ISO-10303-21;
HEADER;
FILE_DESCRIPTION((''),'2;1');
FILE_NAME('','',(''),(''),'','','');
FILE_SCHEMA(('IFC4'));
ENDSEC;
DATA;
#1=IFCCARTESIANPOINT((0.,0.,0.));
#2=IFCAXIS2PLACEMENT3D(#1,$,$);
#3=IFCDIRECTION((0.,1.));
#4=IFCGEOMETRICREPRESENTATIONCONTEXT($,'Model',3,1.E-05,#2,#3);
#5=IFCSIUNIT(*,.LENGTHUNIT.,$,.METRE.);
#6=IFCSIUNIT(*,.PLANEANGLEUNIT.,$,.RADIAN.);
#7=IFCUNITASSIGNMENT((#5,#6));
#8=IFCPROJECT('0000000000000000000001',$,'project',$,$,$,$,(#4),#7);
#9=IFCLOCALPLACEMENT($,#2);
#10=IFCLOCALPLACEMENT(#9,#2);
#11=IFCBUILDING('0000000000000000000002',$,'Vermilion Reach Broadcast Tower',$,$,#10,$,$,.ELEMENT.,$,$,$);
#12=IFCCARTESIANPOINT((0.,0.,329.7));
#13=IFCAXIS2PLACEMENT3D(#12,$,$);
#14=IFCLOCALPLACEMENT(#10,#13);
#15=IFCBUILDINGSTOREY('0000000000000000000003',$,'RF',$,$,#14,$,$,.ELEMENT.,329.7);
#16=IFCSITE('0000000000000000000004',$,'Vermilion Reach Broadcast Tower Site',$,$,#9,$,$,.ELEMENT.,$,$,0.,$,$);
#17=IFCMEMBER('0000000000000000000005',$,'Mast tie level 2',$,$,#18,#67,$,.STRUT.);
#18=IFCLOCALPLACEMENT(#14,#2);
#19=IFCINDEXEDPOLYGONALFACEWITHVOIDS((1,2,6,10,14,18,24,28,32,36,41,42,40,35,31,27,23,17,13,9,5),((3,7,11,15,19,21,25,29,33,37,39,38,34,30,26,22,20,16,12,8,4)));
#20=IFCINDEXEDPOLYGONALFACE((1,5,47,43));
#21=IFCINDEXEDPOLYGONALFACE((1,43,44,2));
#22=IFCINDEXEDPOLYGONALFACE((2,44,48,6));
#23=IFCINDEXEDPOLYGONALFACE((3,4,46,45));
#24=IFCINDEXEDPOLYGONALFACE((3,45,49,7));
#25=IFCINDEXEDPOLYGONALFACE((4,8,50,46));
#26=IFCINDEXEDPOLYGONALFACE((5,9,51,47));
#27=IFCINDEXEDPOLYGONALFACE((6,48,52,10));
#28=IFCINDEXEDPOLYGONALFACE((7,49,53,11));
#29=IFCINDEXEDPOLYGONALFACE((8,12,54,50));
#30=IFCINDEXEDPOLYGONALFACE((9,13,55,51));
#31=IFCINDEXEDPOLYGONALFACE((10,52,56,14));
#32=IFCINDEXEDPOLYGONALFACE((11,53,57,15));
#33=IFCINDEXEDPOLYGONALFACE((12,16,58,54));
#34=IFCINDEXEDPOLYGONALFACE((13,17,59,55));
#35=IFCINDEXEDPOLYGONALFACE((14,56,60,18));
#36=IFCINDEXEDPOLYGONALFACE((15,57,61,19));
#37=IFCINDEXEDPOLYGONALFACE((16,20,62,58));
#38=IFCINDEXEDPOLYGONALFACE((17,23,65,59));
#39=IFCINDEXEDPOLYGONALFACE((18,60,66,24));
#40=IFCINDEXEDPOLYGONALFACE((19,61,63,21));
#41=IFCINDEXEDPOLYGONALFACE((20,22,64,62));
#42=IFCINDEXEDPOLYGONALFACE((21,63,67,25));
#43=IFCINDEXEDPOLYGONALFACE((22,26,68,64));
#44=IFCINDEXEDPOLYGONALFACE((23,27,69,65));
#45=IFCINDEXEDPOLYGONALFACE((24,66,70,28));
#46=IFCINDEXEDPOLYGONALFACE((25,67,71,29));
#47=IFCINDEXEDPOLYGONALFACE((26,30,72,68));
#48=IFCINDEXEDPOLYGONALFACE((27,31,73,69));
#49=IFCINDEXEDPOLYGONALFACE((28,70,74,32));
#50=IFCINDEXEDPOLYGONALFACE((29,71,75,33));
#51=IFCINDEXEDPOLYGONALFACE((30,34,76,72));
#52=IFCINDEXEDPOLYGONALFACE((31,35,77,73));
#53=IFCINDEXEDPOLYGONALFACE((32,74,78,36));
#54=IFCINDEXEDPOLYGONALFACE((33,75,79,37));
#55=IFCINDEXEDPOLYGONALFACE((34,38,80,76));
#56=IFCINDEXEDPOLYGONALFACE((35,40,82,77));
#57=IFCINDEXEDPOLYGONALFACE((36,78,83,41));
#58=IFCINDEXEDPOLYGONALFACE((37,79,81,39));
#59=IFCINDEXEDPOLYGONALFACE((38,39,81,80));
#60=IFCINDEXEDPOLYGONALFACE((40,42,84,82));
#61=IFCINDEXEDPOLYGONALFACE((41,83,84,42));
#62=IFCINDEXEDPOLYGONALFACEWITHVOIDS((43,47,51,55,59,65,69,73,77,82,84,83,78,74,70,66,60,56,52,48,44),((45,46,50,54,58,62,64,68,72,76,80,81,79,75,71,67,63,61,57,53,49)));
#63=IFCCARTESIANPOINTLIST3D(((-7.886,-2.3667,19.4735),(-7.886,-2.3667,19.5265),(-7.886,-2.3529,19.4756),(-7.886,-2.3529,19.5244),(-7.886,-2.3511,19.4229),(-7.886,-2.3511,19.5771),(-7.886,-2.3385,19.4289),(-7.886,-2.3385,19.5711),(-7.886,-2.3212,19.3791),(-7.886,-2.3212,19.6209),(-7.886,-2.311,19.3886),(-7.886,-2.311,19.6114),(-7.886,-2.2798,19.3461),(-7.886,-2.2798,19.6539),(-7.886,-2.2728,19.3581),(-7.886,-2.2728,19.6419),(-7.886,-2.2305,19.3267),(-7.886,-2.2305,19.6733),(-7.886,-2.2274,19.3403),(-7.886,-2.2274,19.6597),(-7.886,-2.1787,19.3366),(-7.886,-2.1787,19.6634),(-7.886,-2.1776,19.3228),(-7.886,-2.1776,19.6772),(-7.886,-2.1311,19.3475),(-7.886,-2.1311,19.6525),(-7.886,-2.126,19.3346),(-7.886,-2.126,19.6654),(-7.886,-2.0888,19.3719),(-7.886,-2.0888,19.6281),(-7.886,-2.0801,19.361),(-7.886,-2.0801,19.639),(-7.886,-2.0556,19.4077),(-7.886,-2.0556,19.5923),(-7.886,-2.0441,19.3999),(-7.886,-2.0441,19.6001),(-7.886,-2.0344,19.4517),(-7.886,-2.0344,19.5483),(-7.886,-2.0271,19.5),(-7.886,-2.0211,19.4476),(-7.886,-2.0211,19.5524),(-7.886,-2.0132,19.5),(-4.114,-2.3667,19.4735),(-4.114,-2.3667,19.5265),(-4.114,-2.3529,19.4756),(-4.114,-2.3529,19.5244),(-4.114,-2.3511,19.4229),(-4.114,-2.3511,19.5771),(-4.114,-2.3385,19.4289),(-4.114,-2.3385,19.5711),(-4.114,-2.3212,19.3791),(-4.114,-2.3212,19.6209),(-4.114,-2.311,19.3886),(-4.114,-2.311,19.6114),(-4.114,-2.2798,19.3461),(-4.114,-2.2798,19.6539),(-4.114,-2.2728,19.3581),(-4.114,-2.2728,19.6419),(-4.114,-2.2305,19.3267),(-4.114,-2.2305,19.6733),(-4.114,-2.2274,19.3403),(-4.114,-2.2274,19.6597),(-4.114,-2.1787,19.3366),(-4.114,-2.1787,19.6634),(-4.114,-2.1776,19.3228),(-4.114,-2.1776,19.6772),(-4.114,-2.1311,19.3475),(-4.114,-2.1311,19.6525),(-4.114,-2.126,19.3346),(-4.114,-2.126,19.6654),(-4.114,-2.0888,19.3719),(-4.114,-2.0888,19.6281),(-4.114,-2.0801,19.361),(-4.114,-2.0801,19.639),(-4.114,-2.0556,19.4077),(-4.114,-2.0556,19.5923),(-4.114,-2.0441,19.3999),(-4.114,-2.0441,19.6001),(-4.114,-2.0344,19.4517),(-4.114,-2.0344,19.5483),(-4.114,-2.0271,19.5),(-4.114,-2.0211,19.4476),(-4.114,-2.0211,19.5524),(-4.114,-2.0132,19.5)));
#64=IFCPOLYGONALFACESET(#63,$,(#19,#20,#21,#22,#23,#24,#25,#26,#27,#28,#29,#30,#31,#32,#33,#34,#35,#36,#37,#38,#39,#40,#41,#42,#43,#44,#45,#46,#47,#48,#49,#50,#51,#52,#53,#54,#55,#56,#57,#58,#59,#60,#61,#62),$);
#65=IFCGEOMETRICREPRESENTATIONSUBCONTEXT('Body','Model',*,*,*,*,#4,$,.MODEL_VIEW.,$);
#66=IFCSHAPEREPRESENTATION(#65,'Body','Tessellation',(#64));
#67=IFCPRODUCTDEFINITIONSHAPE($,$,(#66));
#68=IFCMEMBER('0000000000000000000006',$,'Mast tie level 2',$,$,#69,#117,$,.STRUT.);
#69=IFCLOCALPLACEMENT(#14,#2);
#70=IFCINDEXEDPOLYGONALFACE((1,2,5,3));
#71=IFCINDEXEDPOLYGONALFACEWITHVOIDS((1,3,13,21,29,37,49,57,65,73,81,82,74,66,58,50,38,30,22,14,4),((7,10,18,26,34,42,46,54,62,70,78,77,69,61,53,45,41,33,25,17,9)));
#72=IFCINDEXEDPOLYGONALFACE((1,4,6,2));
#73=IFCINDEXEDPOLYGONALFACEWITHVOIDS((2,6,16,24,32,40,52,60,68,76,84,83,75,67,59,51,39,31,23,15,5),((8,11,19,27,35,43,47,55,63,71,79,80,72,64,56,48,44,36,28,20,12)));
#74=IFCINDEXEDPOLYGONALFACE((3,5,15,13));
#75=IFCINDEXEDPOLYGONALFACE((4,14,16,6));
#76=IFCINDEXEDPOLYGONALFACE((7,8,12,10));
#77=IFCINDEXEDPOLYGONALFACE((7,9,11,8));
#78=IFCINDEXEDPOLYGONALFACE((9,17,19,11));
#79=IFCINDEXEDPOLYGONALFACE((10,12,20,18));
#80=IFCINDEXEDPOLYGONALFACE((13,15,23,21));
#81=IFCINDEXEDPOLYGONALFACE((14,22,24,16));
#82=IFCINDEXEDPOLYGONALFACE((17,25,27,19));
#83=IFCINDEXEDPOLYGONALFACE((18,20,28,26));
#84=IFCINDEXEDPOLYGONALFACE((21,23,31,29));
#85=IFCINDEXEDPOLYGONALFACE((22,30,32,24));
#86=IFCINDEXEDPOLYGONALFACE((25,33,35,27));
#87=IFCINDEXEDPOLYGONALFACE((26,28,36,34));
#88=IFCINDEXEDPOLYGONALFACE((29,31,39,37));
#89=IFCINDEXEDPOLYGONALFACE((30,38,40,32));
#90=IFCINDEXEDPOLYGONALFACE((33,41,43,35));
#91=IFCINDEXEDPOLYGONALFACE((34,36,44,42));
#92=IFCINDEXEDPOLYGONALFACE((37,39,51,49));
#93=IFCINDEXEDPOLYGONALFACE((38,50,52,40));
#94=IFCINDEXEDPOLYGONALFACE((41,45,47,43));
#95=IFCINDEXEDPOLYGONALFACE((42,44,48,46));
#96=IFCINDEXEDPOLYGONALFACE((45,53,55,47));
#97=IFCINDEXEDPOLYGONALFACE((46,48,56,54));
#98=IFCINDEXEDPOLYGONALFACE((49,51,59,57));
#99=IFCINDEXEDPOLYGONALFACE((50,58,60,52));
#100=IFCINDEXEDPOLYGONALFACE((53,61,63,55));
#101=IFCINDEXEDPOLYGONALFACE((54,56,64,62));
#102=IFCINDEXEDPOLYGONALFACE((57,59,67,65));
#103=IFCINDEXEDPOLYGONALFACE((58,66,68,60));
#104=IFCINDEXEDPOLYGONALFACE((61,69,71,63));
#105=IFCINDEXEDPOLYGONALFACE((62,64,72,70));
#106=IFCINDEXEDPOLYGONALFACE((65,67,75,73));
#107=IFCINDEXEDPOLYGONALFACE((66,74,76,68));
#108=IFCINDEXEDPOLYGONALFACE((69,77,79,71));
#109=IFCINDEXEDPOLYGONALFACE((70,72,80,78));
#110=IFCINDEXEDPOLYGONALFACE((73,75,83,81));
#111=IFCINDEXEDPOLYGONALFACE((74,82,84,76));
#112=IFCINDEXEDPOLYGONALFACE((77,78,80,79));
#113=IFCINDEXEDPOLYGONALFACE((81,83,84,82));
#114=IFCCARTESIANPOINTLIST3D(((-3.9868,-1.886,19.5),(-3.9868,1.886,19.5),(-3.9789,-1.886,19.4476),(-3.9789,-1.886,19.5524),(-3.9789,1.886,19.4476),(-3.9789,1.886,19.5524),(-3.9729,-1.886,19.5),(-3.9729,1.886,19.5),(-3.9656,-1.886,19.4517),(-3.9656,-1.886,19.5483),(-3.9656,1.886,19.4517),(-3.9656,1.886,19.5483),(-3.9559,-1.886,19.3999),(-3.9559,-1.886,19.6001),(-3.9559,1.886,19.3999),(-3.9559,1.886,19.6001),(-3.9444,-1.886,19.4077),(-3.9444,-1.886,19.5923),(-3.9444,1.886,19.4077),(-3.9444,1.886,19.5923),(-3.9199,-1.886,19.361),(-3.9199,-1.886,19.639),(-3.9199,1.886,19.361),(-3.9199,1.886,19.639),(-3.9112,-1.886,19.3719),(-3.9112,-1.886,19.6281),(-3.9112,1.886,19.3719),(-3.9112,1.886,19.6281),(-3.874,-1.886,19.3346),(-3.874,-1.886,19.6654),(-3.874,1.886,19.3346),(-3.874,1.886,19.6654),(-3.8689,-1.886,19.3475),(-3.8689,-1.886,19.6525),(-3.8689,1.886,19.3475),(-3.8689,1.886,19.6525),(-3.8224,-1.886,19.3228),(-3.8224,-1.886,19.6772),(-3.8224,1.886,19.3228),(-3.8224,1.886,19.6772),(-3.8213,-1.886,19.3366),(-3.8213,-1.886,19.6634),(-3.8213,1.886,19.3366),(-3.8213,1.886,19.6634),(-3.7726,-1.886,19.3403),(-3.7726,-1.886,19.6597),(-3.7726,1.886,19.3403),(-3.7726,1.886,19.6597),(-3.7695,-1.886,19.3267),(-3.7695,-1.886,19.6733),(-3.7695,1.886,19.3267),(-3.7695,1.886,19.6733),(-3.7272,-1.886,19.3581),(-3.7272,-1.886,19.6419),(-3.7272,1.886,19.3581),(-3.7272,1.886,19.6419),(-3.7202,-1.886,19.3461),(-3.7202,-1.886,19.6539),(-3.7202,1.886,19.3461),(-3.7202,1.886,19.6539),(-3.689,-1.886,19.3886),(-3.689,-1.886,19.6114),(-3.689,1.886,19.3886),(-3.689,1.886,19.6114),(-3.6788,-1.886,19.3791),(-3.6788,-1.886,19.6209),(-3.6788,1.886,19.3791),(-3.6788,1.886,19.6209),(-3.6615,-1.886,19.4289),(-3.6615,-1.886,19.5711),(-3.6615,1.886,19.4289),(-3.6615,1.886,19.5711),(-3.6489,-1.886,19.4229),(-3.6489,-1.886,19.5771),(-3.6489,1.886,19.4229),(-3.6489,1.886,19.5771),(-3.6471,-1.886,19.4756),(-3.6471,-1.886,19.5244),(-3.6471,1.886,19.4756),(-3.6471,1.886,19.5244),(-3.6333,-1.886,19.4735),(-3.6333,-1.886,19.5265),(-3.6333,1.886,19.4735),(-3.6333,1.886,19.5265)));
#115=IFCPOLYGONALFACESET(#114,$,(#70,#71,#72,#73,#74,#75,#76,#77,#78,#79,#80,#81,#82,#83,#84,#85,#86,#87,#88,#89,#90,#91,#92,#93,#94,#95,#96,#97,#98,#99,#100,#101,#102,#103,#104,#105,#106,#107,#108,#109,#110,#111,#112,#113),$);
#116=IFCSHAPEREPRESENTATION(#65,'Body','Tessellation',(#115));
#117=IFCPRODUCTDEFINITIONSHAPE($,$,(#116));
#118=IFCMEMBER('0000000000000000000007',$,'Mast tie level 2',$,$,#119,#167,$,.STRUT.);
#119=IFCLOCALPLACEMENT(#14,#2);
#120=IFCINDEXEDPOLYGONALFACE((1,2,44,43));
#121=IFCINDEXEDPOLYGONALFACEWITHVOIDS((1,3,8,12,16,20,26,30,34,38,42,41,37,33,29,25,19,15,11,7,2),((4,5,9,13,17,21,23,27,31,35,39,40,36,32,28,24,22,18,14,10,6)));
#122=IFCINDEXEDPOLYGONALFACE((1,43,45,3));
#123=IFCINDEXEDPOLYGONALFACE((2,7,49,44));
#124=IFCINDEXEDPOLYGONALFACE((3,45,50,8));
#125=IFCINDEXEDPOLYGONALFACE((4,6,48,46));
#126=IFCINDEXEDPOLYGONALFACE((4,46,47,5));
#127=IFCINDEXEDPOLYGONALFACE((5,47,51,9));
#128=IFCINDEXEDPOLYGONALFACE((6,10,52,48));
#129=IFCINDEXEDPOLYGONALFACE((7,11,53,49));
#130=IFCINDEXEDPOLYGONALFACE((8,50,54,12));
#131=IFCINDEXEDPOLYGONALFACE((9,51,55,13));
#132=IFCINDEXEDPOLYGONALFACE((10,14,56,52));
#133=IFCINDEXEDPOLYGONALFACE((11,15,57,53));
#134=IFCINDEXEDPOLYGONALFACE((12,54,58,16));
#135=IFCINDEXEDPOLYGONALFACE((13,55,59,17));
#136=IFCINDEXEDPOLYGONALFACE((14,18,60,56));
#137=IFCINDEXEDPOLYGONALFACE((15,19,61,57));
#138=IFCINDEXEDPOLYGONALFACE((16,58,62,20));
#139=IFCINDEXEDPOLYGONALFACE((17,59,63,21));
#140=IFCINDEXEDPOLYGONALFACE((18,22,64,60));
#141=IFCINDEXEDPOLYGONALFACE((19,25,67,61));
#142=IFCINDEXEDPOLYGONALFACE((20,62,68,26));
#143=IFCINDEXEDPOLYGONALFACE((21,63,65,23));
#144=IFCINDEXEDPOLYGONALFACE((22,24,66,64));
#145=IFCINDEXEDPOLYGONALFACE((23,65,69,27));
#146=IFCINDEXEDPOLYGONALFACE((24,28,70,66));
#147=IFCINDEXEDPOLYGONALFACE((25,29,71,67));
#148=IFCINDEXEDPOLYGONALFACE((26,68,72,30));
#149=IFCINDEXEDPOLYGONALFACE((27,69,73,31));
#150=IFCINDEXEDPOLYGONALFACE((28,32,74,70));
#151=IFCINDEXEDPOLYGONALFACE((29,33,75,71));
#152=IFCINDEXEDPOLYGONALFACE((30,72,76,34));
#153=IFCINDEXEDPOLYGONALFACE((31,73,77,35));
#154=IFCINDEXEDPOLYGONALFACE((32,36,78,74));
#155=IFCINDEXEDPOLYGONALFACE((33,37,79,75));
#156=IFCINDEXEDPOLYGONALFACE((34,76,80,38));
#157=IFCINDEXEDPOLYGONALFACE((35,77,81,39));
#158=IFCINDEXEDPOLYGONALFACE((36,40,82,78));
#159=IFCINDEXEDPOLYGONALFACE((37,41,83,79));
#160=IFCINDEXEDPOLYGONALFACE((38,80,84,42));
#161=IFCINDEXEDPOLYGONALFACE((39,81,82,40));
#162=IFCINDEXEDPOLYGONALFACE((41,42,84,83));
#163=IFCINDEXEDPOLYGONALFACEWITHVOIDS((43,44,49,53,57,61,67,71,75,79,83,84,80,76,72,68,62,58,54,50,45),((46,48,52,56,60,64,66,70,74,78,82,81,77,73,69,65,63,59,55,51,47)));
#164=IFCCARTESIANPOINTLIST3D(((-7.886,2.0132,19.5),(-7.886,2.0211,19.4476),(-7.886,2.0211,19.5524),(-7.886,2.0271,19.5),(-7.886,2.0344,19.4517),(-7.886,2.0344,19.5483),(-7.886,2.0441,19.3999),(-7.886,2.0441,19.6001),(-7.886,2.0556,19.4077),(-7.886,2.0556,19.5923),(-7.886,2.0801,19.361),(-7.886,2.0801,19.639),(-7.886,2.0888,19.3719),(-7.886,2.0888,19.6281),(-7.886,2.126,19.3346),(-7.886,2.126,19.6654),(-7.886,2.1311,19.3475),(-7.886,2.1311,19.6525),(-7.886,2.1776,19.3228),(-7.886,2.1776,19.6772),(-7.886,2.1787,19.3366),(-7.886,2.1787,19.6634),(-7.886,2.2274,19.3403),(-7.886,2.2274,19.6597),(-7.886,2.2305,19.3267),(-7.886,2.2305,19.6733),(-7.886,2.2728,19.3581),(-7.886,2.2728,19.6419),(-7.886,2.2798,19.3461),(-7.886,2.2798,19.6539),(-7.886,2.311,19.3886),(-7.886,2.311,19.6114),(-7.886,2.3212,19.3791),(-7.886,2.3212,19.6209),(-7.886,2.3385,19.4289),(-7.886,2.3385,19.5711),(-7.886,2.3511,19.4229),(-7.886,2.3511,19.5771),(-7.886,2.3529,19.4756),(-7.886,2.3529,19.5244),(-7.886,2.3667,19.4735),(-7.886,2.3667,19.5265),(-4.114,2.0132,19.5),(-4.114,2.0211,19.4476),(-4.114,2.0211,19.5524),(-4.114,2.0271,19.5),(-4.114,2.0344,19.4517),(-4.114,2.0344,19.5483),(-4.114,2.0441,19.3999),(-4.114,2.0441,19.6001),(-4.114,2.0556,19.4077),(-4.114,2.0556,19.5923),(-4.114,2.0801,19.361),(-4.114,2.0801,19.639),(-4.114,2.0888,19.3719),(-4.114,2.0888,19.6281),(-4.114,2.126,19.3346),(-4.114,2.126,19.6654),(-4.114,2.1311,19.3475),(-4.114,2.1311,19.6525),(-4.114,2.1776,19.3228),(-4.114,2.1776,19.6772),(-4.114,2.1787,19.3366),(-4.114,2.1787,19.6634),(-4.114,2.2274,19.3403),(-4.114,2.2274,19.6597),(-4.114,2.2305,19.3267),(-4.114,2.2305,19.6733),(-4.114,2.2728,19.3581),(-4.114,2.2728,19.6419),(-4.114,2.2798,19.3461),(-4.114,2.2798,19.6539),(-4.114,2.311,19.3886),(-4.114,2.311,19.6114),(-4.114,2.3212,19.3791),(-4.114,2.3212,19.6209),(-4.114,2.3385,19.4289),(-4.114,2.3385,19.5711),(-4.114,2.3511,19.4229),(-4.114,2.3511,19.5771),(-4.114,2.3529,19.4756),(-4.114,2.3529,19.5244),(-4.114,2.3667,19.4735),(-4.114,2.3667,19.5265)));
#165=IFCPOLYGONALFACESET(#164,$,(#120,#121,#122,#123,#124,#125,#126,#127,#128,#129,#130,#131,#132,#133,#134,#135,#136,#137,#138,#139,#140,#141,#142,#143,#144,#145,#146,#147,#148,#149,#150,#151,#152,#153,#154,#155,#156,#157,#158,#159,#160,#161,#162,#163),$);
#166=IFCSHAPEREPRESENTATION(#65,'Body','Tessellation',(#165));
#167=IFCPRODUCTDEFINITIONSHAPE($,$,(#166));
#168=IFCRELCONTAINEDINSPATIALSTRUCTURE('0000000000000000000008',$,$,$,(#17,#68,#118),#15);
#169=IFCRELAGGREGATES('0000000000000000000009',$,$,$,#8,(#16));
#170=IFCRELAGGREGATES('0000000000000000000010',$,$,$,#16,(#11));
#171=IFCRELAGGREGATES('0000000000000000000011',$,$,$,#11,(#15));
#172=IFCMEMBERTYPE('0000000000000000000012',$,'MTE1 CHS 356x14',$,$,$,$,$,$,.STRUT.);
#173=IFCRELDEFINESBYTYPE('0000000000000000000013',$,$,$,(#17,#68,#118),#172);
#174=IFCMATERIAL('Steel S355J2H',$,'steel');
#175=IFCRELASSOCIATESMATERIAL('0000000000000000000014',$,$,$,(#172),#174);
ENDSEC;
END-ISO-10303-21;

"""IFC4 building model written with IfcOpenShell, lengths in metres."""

from ifc_helpers import new_model, si_unit, direction, frame, origin, origin_2d, place, context, subcontext, project, spatial, hollow_circle, extrude, material, material_profile, profile_set, type_object, element, save


model = new_model("IFC4")

# Units and contexts
model_context = context("Model", 3, precision=1e-05, world=origin(), true_north=direction((0.0, 1.0)))
body_context = subcontext(model_context, "Body", "Model", "MODEL_VIEW")
ifc_project = project(units=[si_unit("LENGTHUNIT", "METRE"), si_unit("PLANEANGLEUNIT", "RADIAN")], contexts=[model_context])

# Site, building, storey
site_placement = place(None, origin())
site = spatial("IfcSite", under=ifc_project, at=site_placement, Name="Vermilion Reach Broadcast Tower Site", CompositionType="ELEMENT", RefElevation=0.0)
building_placement = place(site_placement, origin())
building = spatial("IfcBuilding", under=site, at=building_placement, Name="Vermilion Reach Broadcast Tower", CompositionType="ELEMENT")
storey_placement = place(building_placement, frame((0.0, 0.0, 329.7)))
storey = spatial("IfcBuildingStorey", under=building, at=storey_placement, Name="RF", CompositionType="ELEMENT", Elevation=329.7)

# Members
ifc_material_1 = material(Name="Steel S355J2H", Category="steel")
ifc_material_profile_1 = material_profile(ifc_material_1, hollow_circle(Radius=0.1777, WallThickness=0.0139, at=origin_2d()), Name="S355J2H CHS 356x14")
ifc_profile_set_1 = profile_set([ifc_material_profile_1], Name="Steel S355J2H")
member_type_1 = type_object("IfcMemberType", Name="MTE1 CHS 356x14", PredefinedType="STRUT", material=ifc_profile_set_1)
for number, where, z_axis, x_axis, name in (
    (1, (-7.886, -2.1909, 19.5), (1.0, 0.0, 0.0), (0.0, 1.0, 0.0), "Mast tie level 2"),
    (2, (-3.8091, -1.886, 19.5), (0.0, 1.0, 0.0), (-1.0, 0.0, 0.0), "Mast tie level 2"),
    (3, (-4.114, 2.1909, 19.5), (-1.0, 0.0, 0.0), (0.0, -1.0, 0.0), "Mast tie level 2"),
):
    element("IfcMember", number, at=place(storey_placement, frame(where, z_axis=z_axis, x_axis=x_axis)), inside=storey, type_object=member_type_1, Name=name, PredefinedType="STRUT", context=body_context, shape_type="SweptSolid", body=[
        extrude(hollow_circle(Radius=0.1777, WallThickness=0.0139, at=origin_2d()), origin(), (0.0, 0.0, 1.0), 3.772),
    ])

save(model, "model.ifc")
